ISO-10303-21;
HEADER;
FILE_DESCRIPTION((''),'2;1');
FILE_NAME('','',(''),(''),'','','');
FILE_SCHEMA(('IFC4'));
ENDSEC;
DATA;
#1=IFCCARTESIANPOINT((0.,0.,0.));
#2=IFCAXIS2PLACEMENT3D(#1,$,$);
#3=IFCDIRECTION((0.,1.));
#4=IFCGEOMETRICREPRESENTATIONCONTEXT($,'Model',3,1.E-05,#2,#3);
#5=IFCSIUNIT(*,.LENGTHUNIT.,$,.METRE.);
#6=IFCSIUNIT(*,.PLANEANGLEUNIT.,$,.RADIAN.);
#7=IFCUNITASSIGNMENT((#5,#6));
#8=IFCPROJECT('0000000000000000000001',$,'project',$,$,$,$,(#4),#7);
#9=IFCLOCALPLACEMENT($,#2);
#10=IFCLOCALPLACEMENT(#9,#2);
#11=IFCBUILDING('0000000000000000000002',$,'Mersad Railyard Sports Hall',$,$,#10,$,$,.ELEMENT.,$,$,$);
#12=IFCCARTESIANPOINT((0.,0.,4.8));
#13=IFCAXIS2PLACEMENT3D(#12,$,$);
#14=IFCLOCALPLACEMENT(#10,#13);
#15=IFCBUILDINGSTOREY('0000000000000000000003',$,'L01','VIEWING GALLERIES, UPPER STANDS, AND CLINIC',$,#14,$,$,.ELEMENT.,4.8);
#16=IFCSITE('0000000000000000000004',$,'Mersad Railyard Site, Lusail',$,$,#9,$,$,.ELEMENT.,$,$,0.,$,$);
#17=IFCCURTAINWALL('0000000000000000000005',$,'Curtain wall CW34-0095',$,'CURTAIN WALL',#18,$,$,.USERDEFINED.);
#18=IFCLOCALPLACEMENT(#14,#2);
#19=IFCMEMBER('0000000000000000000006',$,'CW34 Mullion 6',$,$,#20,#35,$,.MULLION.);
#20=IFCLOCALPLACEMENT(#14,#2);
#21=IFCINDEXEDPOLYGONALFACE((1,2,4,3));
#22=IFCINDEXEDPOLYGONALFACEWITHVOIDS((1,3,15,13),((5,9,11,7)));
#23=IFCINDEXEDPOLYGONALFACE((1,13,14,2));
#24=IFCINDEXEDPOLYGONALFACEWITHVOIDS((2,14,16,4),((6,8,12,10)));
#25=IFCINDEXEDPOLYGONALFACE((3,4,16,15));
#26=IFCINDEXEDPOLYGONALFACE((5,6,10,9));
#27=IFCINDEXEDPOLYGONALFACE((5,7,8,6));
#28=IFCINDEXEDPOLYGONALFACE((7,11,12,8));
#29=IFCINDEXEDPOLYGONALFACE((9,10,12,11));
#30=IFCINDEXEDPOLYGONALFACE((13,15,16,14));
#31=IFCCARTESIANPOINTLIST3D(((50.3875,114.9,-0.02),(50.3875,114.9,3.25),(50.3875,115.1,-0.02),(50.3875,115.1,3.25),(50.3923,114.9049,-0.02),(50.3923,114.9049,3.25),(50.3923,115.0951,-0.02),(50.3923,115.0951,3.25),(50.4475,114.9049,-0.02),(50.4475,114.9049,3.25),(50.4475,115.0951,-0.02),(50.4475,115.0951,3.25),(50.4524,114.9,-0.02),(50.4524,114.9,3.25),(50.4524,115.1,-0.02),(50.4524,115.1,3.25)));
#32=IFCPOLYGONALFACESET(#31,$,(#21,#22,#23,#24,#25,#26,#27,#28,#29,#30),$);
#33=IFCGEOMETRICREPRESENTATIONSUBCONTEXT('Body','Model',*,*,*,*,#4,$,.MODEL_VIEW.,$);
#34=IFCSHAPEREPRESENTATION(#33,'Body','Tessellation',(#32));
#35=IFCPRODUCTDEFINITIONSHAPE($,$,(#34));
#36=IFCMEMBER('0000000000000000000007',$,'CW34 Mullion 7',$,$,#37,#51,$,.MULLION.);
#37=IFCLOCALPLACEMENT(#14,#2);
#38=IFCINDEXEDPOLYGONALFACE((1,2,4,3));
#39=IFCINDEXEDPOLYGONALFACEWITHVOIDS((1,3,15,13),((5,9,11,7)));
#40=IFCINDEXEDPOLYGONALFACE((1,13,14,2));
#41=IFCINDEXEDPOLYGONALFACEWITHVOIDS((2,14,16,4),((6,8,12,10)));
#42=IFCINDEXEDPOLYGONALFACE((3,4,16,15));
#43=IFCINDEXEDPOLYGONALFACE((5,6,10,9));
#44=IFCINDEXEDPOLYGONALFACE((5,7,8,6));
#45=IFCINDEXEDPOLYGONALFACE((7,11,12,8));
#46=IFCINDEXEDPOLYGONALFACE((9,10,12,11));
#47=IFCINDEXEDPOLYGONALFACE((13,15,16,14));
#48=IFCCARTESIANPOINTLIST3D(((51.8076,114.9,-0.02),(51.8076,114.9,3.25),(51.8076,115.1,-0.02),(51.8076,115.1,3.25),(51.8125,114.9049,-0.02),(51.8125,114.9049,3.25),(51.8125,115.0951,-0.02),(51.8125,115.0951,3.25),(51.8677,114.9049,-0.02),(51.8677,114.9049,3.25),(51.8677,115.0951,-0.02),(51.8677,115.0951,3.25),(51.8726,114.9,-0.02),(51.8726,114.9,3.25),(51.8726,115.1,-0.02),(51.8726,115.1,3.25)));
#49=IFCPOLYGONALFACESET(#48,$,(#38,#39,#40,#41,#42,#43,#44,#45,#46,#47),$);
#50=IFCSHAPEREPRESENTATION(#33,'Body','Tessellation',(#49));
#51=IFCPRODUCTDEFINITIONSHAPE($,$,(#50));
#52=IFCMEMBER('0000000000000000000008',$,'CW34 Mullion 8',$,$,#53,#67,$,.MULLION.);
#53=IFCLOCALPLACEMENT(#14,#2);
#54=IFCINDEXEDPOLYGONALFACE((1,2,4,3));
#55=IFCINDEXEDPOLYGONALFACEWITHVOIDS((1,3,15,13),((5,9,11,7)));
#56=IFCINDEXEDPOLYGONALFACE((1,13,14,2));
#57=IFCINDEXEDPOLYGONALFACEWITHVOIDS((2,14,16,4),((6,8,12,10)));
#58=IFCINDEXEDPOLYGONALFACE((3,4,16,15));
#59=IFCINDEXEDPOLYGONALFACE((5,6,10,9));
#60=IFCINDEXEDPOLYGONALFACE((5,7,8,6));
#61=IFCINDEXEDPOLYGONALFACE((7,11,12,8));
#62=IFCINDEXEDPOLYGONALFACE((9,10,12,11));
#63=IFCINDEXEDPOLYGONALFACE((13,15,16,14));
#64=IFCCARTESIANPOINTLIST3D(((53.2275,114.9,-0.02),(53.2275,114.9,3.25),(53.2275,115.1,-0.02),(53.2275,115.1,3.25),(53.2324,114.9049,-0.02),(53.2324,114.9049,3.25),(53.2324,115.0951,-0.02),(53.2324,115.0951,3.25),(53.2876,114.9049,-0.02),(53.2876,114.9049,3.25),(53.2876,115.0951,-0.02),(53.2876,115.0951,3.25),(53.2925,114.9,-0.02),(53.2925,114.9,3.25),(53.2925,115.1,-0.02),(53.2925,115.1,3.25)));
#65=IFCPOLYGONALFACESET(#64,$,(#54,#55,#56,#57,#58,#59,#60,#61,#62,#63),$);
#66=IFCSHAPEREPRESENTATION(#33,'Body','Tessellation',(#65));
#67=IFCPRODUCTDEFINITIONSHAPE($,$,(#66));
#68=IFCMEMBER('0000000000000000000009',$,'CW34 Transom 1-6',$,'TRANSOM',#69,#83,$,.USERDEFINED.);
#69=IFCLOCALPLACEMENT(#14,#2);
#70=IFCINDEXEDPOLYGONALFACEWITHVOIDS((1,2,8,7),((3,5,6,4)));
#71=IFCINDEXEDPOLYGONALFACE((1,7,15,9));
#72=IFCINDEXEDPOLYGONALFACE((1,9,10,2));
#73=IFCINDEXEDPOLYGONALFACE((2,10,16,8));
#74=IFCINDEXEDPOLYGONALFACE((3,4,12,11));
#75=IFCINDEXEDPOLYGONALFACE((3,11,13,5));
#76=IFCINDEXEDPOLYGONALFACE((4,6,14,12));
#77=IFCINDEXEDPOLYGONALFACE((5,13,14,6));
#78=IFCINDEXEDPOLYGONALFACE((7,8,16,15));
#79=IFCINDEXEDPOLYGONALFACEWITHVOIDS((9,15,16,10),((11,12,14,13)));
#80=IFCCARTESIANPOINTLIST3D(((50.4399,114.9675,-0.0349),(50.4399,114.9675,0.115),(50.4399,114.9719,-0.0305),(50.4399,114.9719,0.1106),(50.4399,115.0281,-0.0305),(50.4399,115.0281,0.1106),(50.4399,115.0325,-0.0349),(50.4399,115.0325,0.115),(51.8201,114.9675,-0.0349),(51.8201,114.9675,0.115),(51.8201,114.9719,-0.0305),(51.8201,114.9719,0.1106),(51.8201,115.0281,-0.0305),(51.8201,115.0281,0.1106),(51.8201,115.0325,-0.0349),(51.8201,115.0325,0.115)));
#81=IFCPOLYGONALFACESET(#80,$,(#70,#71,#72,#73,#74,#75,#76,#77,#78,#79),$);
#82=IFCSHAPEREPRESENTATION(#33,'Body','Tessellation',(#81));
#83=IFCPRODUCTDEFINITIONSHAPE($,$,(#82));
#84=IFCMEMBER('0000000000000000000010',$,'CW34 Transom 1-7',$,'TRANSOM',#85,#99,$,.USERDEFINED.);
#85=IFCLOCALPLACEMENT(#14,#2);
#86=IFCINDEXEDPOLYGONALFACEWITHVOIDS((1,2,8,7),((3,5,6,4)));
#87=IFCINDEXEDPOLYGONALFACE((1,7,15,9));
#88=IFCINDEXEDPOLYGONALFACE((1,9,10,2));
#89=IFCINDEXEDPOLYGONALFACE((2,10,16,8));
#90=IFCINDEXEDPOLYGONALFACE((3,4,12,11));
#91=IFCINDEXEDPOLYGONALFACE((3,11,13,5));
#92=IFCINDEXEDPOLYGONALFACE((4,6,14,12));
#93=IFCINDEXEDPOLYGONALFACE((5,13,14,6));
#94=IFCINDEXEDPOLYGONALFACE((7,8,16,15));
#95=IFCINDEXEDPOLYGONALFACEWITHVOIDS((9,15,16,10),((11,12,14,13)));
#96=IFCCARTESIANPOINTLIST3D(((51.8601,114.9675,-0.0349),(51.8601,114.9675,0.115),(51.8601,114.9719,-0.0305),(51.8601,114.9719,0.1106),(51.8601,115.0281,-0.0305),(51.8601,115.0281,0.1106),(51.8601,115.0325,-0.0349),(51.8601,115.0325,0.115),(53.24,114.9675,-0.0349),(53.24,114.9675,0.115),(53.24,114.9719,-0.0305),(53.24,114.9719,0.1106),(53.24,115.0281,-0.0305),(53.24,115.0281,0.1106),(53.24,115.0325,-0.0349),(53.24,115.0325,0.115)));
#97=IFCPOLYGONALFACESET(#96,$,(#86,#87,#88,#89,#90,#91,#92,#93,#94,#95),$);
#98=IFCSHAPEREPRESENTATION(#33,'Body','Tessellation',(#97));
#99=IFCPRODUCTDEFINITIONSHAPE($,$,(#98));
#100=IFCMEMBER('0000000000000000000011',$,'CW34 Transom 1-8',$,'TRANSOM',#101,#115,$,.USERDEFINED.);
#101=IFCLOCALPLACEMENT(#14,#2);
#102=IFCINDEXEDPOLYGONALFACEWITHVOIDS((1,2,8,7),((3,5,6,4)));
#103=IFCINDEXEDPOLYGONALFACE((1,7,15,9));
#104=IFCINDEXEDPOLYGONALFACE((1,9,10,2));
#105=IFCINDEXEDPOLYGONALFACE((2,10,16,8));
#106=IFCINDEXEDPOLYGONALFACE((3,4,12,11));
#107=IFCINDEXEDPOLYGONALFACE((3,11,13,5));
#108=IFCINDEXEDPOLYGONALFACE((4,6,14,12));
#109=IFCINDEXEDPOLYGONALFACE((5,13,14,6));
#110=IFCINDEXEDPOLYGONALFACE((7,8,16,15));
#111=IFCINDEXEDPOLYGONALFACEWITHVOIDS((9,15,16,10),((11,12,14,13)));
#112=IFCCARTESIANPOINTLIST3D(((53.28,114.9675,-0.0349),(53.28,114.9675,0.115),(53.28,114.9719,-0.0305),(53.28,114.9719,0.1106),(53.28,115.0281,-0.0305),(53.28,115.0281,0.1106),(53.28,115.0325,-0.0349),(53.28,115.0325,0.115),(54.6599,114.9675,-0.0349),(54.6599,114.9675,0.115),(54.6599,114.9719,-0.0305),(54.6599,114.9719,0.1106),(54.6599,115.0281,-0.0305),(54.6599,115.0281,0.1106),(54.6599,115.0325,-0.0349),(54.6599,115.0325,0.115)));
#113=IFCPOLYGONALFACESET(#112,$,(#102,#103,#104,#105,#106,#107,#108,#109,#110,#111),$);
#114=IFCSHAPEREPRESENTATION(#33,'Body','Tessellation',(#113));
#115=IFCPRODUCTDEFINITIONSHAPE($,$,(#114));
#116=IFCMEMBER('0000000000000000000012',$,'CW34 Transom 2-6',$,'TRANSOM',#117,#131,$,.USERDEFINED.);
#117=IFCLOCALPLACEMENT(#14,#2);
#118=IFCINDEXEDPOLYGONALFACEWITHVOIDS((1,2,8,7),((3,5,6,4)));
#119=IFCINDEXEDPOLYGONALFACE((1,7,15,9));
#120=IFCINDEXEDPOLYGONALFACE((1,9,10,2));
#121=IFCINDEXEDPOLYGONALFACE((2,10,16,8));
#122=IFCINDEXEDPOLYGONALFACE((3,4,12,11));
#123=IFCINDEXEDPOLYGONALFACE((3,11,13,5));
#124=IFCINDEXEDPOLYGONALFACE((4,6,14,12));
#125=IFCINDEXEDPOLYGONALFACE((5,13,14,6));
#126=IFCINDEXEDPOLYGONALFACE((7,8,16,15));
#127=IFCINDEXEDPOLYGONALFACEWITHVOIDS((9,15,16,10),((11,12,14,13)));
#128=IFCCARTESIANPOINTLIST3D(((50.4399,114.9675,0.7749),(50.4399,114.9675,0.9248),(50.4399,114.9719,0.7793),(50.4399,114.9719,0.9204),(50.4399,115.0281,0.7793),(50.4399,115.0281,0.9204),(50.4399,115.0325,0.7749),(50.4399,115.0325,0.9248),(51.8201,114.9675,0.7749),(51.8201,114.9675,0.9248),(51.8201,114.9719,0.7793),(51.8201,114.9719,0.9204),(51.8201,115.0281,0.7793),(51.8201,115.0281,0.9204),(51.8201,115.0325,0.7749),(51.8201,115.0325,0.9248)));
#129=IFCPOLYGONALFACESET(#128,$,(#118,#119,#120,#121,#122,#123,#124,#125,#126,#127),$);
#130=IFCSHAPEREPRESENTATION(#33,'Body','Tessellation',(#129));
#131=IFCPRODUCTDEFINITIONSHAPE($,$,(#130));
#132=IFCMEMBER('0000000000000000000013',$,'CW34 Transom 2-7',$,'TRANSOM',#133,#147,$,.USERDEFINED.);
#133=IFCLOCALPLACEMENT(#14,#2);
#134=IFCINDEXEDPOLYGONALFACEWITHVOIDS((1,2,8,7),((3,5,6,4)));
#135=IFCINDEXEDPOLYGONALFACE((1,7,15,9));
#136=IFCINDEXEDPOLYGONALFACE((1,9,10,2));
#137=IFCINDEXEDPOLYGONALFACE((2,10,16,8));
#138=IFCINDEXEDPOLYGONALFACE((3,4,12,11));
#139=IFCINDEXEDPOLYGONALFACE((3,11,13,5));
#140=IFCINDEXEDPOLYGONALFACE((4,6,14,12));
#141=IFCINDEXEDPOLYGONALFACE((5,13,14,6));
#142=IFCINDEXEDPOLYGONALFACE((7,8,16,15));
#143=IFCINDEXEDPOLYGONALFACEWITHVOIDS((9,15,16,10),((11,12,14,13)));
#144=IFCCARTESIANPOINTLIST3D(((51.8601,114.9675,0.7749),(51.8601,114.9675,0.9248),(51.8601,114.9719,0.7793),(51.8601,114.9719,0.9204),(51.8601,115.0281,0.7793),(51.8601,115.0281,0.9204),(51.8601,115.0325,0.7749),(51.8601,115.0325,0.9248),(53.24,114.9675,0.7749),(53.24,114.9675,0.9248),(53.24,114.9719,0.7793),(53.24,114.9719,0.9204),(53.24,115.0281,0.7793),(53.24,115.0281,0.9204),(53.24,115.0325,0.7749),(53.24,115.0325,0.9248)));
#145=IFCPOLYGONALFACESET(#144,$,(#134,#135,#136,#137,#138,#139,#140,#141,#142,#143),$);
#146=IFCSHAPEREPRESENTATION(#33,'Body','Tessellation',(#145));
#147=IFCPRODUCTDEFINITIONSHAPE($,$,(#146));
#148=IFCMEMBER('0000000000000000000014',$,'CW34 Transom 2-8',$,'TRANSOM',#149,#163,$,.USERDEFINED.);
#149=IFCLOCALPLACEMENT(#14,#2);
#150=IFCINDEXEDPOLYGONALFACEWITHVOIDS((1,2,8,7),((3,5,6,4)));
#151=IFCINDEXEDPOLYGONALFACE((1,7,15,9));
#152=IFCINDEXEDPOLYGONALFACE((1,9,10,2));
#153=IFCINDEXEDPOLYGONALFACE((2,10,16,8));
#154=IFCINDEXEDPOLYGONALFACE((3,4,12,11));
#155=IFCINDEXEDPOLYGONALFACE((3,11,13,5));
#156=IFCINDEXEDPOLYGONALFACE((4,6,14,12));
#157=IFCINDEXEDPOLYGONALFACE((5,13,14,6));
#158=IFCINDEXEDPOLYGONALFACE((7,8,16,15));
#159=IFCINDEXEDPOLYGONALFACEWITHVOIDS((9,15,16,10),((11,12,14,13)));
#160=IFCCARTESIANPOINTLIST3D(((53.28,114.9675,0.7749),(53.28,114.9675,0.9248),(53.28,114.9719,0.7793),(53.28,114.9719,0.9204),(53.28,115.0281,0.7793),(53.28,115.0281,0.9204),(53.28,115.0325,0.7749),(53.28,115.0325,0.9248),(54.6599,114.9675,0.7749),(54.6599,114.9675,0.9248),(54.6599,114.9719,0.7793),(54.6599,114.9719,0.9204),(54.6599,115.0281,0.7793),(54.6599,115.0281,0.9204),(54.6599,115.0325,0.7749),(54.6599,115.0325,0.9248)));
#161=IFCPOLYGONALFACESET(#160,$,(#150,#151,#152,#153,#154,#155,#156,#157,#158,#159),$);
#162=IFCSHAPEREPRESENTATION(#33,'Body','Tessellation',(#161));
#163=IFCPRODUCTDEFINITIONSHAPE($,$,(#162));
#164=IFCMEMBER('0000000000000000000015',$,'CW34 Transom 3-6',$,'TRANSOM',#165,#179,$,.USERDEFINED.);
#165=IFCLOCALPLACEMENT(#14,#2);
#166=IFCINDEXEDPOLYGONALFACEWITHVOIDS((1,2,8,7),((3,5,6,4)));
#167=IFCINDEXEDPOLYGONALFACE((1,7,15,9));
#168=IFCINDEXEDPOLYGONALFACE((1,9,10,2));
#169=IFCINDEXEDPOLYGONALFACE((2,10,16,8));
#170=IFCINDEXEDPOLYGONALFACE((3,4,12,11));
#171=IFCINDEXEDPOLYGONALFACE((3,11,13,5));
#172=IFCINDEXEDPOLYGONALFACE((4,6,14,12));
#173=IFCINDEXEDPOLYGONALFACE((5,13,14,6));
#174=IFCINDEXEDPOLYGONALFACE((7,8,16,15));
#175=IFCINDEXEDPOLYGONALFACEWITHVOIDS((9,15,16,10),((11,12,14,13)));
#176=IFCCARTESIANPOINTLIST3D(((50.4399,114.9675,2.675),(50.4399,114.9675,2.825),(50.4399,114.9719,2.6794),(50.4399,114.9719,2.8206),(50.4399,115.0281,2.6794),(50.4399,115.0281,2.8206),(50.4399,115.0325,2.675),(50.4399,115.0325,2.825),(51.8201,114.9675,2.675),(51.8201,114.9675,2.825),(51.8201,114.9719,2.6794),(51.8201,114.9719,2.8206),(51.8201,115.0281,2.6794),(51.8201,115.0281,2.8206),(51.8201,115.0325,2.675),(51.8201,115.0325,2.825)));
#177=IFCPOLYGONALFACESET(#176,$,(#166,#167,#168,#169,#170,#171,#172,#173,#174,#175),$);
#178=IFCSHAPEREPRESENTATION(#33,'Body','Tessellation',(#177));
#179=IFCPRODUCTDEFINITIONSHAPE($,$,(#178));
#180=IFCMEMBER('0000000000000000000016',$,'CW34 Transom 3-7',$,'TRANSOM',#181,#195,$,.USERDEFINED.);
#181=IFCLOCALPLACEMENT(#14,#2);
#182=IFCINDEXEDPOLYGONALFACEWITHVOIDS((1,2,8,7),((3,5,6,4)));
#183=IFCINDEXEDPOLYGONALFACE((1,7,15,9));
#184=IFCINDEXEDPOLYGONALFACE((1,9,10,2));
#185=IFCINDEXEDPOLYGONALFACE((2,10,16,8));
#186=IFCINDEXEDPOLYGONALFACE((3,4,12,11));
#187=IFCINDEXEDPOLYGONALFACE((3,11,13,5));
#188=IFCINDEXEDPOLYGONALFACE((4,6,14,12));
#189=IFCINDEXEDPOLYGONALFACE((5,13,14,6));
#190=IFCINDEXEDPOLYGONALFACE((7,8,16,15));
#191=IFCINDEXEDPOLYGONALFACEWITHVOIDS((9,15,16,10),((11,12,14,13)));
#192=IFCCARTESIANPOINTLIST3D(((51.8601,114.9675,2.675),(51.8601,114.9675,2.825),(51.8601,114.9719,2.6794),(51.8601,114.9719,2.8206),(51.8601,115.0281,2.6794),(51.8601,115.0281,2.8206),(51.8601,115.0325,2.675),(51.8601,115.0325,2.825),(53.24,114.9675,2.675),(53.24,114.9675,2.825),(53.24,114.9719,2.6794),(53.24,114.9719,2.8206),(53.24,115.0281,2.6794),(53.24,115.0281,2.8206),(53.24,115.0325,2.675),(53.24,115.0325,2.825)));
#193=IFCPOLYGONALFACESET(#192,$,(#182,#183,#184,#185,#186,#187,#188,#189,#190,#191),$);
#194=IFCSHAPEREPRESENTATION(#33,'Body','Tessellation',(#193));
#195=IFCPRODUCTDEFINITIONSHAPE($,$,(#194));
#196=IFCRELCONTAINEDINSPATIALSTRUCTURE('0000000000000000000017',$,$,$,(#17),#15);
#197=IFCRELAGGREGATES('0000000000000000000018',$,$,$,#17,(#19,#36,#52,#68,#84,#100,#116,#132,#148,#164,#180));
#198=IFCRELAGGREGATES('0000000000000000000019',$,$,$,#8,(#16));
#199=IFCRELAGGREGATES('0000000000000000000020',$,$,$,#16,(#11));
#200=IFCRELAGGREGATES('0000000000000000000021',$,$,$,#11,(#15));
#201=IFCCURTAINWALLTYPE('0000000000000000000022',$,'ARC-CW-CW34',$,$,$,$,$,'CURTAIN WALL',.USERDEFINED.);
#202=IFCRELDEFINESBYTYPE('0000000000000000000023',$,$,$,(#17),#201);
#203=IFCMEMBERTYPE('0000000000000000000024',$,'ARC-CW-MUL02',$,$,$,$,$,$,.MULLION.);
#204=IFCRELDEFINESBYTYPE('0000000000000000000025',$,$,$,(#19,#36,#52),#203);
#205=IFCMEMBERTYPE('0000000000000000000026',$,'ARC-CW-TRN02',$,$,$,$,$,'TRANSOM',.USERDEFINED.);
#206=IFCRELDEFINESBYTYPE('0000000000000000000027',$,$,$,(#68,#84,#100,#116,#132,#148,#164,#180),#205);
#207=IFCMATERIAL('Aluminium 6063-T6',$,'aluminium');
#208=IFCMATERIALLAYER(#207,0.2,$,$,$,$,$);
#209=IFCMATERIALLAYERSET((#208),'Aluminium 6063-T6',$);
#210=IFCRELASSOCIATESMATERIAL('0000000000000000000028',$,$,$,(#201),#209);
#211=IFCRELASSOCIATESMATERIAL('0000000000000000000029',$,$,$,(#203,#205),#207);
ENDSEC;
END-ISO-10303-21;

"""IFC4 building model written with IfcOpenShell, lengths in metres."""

from ifc_helpers import new_model, si_unit, direction, frame, origin, origin_2d, place, context, subcontext, project, spatial, hollow_rectangle, extrude, material, layer, layer_set, material_profile, profile_set, type_object, element, aggregate, save


model = new_model("IFC4")

# Units and contexts
model_context = context("Model", 3, precision=1e-05, world=origin(), true_north=direction((0.0, 1.0)))
body_context = subcontext(model_context, "Body", "Model", "MODEL_VIEW")
ifc_project = project(units=[si_unit("LENGTHUNIT", "METRE"), si_unit("PLANEANGLEUNIT", "RADIAN")], contexts=[model_context])

# Site, building, storey
site_placement = place(None, origin())
site = spatial("IfcSite", under=ifc_project, at=site_placement, Name="Mersad Railyard Site, Lusail", CompositionType="ELEMENT", RefElevation=0.0)
building_placement = place(site_placement, origin())
building = spatial("IfcBuilding", under=site, at=building_placement, Name="Mersad Railyard Sports Hall", CompositionType="ELEMENT")
storey_placement = place(building_placement, frame((0.0, 0.0, 4.8)))
storey = spatial("IfcBuildingStorey", under=building, at=storey_placement, Name="L01", Description="VIEWING GALLERIES, UPPER STANDS, AND CLINIC", CompositionType="ELEMENT", Elevation=4.8)

# Curtain wall, members
ifc_material_1 = material(Name="Aluminium 6063-T6", Category="aluminium")
ifc_layer_1 = layer(ifc_material_1, 0.2)
ifc_layer_set_1 = layer_set([ifc_layer_1], Name="Aluminium 6063-T6")
curtain_wall_type = type_object("IfcCurtainWallType", Name="ARC-CW-CW34", ElementType="CURTAIN WALL", PredefinedType="USERDEFINED", material=ifc_layer_set_1)
curtain_wall_placement = place(storey_placement, origin())
curtain_wall = element("IfcCurtainWall", 1, at=curtain_wall_placement, inside=storey, type_object=curtain_wall_type, Name="Curtain wall CW34-0095", ObjectType="CURTAIN WALL", PredefinedType="USERDEFINED")
ifc_material_profile_1 = material_profile(ifc_material_1, hollow_rectangle(XDim=0.0649, YDim=0.2, WallThickness=0.0049, at=origin_2d()), Name="AL MULLION 65x200x5")
ifc_profile_set_1 = profile_set([ifc_material_profile_1], Name="Aluminium 6063-T6")
member_type_1 = type_object("IfcMemberType", Name="ARC-CW-MUL02", PredefinedType="MULLION", material=ifc_profile_set_1)
member_1_placement = place(storey_placement, frame((50.4199, 115.0, -0.02), z_axis=(0.0, 0.0, 1.0), x_axis=(1.0, 0.0, 0.0)))
member_1 = element("IfcMember", 2, at=member_1_placement, type_object=member_type_1, Name="CW34 Mullion 6", PredefinedType="MULLION", context=body_context, shape_type="SweptSolid", body=[
    extrude(hollow_rectangle(XDim=0.0649, YDim=0.2, WallThickness=0.0049, at=origin_2d()), origin(), (0.0, 0.0, 1.0), 3.27),
])
member_2_placement = place(storey_placement, frame((51.8401, 115.0, -0.02), z_axis=(0.0, 0.0, 1.0), x_axis=(1.0, 0.0, 0.0)))
member_2 = element("IfcMember", 3, at=member_2_placement, type_object=member_type_1, Name="CW34 Mullion 7", PredefinedType="MULLION", context=body_context, shape_type="SweptSolid", body=[
    extrude(hollow_rectangle(XDim=0.0649, YDim=0.2, WallThickness=0.0049, at=origin_2d()), origin(), (0.0, 0.0, 1.0), 3.27),
])
member_3_placement = place(storey_placement, frame((53.26, 115.0, -0.02), z_axis=(0.0, 0.0, 1.0), x_axis=(1.0, 0.0, 0.0)))
member_3 = element("IfcMember", 4, at=member_3_placement, type_object=member_type_1, Name="CW34 Mullion 8", PredefinedType="MULLION", context=body_context, shape_type="SweptSolid", body=[
    extrude(hollow_rectangle(XDim=0.0649, YDim=0.2, WallThickness=0.0049, at=origin_2d()), origin(), (0.0, 0.0, 1.0), 3.27),
])
ifc_material_profile_2 = material_profile(ifc_material_1, hollow_rectangle(XDim=0.0649, YDim=0.1499, WallThickness=0.0044, at=origin_2d()), Name="AL TRANSOM 65x150x4.5")
ifc_profile_set_2 = profile_set([ifc_material_profile_2], Name="Aluminium 6063-T6")
member_type_2 = type_object("IfcMemberType", Name="ARC-CW-TRN02", ElementType="TRANSOM", PredefinedType="USERDEFINED", material=ifc_profile_set_2)
member_4_placement = place(storey_placement, frame((50.4399, 115.0, 0.04), z_axis=(1.0, 0.0, 0.0), x_axis=(0.0, 1.0, 0.0)))
member_4 = element("IfcMember", 5, at=member_4_placement, type_object=member_type_2, Name="CW34 Transom 1-6", ObjectType="TRANSOM", PredefinedType="USERDEFINED", context=body_context, shape_type="SweptSolid", body=[
    extrude(hollow_rectangle(XDim=0.0649, YDim=0.1499, WallThickness=0.0044, at=origin_2d()), origin(), (0.0, 0.0, 1.0), 1.3801),
])
member_5_placement = place(storey_placement, frame((51.8601, 115.0, 0.04), z_axis=(1.0, 0.0, 0.0), x_axis=(0.0, 1.0, 0.0)))
member_5 = element("IfcMember", 6, at=member_5_placement, type_object=member_type_2, Name="CW34 Transom 1-7", ObjectType="TRANSOM", PredefinedType="USERDEFINED", context=body_context, shape_type="SweptSolid", body=[
    extrude(hollow_rectangle(XDim=0.0649, YDim=0.1499, WallThickness=0.0044, at=origin_2d()), origin(), (0.0, 0.0, 1.0), 1.3799),
])
member_6_placement = place(storey_placement, frame((53.28, 115.0, 0.04), z_axis=(1.0, 0.0, 0.0), x_axis=(0.0, 1.0, 0.0)))
member_6 = element("IfcMember", 7, at=member_6_placement, type_object=member_type_2, Name="CW34 Transom 1-8", ObjectType="TRANSOM", PredefinedType="USERDEFINED", context=body_context, shape_type="SweptSolid", body=[
    extrude(hollow_rectangle(XDim=0.0649, YDim=0.1499, WallThickness=0.0044, at=origin_2d()), origin(), (0.0, 0.0, 1.0), 1.3799),
])
member_7_placement = place(storey_placement, frame((50.4399, 115.0, 0.8499), z_axis=(1.0, 0.0, 0.0), x_axis=(0.0, 1.0, 0.0)))
member_7 = element("IfcMember", 8, at=member_7_placement, type_object=member_type_2, Name="CW34 Transom 2-6", ObjectType="TRANSOM", PredefinedType="USERDEFINED", context=body_context, shape_type="SweptSolid", body=[
    extrude(hollow_rectangle(XDim=0.0649, YDim=0.1499, WallThickness=0.0044, at=origin_2d()), origin(), (0.0, 0.0, 1.0), 1.3801),
])
member_8_placement = place(storey_placement, frame((51.8601, 115.0, 0.8499), z_axis=(1.0, 0.0, 0.0), x_axis=(0.0, 1.0, 0.0)))
member_8 = element("IfcMember", 9, at=member_8_placement, type_object=member_type_2, Name="CW34 Transom 2-7", ObjectType="TRANSOM", PredefinedType="USERDEFINED", context=body_context, shape_type="SweptSolid", body=[
    extrude(hollow_rectangle(XDim=0.0649, YDim=0.1499, WallThickness=0.0044, at=origin_2d()), origin(), (0.0, 0.0, 1.0), 1.3799),
])
member_9_placement = place(storey_placement, frame((53.28, 115.0, 0.8499), z_axis=(1.0, 0.0, 0.0), x_axis=(0.0, 1.0, 0.0)))
member_9 = element("IfcMember", 10, at=member_9_placement, type_object=member_type_2, Name="CW34 Transom 2-8", ObjectType="TRANSOM", PredefinedType="USERDEFINED", context=body_context, shape_type="SweptSolid", body=[
    extrude(hollow_rectangle(XDim=0.0649, YDim=0.1499, WallThickness=0.0044, at=origin_2d()), origin(), (0.0, 0.0, 1.0), 1.3799),
])
member_10_placement = place(storey_placement, frame((50.4399, 115.0, 2.75), z_axis=(1.0, 0.0, 0.0), x_axis=(0.0, 1.0, 0.0)))
member_10 = element("IfcMember", 11, at=member_10_placement, type_object=member_type_2, Name="CW34 Transom 3-6", ObjectType="TRANSOM", PredefinedType="USERDEFINED", context=body_context, shape_type="SweptSolid", body=[
    extrude(hollow_rectangle(XDim=0.0649, YDim=0.1499, WallThickness=0.0044, at=origin_2d()), origin(), (0.0, 0.0, 1.0), 1.3801),
])
member_11_placement = place(storey_placement, frame((51.8601, 115.0, 2.75), z_axis=(1.0, 0.0, 0.0), x_axis=(0.0, 1.0, 0.0)))
member_11 = element("IfcMember", 12, at=member_11_placement, type_object=member_type_2, Name="CW34 Transom 3-7", ObjectType="TRANSOM", PredefinedType="USERDEFINED", context=body_context, shape_type="SweptSolid", body=[
    extrude(hollow_rectangle(XDim=0.0649, YDim=0.1499, WallThickness=0.0044, at=origin_2d()), origin(), (0.0, 0.0, 1.0), 1.3799),
])
aggregate(curtain_wall, [member_1, member_2, member_3, member_4, member_5, member_6, member_7, member_8, member_9, member_10, member_11])

save(model, "model.ifc")
